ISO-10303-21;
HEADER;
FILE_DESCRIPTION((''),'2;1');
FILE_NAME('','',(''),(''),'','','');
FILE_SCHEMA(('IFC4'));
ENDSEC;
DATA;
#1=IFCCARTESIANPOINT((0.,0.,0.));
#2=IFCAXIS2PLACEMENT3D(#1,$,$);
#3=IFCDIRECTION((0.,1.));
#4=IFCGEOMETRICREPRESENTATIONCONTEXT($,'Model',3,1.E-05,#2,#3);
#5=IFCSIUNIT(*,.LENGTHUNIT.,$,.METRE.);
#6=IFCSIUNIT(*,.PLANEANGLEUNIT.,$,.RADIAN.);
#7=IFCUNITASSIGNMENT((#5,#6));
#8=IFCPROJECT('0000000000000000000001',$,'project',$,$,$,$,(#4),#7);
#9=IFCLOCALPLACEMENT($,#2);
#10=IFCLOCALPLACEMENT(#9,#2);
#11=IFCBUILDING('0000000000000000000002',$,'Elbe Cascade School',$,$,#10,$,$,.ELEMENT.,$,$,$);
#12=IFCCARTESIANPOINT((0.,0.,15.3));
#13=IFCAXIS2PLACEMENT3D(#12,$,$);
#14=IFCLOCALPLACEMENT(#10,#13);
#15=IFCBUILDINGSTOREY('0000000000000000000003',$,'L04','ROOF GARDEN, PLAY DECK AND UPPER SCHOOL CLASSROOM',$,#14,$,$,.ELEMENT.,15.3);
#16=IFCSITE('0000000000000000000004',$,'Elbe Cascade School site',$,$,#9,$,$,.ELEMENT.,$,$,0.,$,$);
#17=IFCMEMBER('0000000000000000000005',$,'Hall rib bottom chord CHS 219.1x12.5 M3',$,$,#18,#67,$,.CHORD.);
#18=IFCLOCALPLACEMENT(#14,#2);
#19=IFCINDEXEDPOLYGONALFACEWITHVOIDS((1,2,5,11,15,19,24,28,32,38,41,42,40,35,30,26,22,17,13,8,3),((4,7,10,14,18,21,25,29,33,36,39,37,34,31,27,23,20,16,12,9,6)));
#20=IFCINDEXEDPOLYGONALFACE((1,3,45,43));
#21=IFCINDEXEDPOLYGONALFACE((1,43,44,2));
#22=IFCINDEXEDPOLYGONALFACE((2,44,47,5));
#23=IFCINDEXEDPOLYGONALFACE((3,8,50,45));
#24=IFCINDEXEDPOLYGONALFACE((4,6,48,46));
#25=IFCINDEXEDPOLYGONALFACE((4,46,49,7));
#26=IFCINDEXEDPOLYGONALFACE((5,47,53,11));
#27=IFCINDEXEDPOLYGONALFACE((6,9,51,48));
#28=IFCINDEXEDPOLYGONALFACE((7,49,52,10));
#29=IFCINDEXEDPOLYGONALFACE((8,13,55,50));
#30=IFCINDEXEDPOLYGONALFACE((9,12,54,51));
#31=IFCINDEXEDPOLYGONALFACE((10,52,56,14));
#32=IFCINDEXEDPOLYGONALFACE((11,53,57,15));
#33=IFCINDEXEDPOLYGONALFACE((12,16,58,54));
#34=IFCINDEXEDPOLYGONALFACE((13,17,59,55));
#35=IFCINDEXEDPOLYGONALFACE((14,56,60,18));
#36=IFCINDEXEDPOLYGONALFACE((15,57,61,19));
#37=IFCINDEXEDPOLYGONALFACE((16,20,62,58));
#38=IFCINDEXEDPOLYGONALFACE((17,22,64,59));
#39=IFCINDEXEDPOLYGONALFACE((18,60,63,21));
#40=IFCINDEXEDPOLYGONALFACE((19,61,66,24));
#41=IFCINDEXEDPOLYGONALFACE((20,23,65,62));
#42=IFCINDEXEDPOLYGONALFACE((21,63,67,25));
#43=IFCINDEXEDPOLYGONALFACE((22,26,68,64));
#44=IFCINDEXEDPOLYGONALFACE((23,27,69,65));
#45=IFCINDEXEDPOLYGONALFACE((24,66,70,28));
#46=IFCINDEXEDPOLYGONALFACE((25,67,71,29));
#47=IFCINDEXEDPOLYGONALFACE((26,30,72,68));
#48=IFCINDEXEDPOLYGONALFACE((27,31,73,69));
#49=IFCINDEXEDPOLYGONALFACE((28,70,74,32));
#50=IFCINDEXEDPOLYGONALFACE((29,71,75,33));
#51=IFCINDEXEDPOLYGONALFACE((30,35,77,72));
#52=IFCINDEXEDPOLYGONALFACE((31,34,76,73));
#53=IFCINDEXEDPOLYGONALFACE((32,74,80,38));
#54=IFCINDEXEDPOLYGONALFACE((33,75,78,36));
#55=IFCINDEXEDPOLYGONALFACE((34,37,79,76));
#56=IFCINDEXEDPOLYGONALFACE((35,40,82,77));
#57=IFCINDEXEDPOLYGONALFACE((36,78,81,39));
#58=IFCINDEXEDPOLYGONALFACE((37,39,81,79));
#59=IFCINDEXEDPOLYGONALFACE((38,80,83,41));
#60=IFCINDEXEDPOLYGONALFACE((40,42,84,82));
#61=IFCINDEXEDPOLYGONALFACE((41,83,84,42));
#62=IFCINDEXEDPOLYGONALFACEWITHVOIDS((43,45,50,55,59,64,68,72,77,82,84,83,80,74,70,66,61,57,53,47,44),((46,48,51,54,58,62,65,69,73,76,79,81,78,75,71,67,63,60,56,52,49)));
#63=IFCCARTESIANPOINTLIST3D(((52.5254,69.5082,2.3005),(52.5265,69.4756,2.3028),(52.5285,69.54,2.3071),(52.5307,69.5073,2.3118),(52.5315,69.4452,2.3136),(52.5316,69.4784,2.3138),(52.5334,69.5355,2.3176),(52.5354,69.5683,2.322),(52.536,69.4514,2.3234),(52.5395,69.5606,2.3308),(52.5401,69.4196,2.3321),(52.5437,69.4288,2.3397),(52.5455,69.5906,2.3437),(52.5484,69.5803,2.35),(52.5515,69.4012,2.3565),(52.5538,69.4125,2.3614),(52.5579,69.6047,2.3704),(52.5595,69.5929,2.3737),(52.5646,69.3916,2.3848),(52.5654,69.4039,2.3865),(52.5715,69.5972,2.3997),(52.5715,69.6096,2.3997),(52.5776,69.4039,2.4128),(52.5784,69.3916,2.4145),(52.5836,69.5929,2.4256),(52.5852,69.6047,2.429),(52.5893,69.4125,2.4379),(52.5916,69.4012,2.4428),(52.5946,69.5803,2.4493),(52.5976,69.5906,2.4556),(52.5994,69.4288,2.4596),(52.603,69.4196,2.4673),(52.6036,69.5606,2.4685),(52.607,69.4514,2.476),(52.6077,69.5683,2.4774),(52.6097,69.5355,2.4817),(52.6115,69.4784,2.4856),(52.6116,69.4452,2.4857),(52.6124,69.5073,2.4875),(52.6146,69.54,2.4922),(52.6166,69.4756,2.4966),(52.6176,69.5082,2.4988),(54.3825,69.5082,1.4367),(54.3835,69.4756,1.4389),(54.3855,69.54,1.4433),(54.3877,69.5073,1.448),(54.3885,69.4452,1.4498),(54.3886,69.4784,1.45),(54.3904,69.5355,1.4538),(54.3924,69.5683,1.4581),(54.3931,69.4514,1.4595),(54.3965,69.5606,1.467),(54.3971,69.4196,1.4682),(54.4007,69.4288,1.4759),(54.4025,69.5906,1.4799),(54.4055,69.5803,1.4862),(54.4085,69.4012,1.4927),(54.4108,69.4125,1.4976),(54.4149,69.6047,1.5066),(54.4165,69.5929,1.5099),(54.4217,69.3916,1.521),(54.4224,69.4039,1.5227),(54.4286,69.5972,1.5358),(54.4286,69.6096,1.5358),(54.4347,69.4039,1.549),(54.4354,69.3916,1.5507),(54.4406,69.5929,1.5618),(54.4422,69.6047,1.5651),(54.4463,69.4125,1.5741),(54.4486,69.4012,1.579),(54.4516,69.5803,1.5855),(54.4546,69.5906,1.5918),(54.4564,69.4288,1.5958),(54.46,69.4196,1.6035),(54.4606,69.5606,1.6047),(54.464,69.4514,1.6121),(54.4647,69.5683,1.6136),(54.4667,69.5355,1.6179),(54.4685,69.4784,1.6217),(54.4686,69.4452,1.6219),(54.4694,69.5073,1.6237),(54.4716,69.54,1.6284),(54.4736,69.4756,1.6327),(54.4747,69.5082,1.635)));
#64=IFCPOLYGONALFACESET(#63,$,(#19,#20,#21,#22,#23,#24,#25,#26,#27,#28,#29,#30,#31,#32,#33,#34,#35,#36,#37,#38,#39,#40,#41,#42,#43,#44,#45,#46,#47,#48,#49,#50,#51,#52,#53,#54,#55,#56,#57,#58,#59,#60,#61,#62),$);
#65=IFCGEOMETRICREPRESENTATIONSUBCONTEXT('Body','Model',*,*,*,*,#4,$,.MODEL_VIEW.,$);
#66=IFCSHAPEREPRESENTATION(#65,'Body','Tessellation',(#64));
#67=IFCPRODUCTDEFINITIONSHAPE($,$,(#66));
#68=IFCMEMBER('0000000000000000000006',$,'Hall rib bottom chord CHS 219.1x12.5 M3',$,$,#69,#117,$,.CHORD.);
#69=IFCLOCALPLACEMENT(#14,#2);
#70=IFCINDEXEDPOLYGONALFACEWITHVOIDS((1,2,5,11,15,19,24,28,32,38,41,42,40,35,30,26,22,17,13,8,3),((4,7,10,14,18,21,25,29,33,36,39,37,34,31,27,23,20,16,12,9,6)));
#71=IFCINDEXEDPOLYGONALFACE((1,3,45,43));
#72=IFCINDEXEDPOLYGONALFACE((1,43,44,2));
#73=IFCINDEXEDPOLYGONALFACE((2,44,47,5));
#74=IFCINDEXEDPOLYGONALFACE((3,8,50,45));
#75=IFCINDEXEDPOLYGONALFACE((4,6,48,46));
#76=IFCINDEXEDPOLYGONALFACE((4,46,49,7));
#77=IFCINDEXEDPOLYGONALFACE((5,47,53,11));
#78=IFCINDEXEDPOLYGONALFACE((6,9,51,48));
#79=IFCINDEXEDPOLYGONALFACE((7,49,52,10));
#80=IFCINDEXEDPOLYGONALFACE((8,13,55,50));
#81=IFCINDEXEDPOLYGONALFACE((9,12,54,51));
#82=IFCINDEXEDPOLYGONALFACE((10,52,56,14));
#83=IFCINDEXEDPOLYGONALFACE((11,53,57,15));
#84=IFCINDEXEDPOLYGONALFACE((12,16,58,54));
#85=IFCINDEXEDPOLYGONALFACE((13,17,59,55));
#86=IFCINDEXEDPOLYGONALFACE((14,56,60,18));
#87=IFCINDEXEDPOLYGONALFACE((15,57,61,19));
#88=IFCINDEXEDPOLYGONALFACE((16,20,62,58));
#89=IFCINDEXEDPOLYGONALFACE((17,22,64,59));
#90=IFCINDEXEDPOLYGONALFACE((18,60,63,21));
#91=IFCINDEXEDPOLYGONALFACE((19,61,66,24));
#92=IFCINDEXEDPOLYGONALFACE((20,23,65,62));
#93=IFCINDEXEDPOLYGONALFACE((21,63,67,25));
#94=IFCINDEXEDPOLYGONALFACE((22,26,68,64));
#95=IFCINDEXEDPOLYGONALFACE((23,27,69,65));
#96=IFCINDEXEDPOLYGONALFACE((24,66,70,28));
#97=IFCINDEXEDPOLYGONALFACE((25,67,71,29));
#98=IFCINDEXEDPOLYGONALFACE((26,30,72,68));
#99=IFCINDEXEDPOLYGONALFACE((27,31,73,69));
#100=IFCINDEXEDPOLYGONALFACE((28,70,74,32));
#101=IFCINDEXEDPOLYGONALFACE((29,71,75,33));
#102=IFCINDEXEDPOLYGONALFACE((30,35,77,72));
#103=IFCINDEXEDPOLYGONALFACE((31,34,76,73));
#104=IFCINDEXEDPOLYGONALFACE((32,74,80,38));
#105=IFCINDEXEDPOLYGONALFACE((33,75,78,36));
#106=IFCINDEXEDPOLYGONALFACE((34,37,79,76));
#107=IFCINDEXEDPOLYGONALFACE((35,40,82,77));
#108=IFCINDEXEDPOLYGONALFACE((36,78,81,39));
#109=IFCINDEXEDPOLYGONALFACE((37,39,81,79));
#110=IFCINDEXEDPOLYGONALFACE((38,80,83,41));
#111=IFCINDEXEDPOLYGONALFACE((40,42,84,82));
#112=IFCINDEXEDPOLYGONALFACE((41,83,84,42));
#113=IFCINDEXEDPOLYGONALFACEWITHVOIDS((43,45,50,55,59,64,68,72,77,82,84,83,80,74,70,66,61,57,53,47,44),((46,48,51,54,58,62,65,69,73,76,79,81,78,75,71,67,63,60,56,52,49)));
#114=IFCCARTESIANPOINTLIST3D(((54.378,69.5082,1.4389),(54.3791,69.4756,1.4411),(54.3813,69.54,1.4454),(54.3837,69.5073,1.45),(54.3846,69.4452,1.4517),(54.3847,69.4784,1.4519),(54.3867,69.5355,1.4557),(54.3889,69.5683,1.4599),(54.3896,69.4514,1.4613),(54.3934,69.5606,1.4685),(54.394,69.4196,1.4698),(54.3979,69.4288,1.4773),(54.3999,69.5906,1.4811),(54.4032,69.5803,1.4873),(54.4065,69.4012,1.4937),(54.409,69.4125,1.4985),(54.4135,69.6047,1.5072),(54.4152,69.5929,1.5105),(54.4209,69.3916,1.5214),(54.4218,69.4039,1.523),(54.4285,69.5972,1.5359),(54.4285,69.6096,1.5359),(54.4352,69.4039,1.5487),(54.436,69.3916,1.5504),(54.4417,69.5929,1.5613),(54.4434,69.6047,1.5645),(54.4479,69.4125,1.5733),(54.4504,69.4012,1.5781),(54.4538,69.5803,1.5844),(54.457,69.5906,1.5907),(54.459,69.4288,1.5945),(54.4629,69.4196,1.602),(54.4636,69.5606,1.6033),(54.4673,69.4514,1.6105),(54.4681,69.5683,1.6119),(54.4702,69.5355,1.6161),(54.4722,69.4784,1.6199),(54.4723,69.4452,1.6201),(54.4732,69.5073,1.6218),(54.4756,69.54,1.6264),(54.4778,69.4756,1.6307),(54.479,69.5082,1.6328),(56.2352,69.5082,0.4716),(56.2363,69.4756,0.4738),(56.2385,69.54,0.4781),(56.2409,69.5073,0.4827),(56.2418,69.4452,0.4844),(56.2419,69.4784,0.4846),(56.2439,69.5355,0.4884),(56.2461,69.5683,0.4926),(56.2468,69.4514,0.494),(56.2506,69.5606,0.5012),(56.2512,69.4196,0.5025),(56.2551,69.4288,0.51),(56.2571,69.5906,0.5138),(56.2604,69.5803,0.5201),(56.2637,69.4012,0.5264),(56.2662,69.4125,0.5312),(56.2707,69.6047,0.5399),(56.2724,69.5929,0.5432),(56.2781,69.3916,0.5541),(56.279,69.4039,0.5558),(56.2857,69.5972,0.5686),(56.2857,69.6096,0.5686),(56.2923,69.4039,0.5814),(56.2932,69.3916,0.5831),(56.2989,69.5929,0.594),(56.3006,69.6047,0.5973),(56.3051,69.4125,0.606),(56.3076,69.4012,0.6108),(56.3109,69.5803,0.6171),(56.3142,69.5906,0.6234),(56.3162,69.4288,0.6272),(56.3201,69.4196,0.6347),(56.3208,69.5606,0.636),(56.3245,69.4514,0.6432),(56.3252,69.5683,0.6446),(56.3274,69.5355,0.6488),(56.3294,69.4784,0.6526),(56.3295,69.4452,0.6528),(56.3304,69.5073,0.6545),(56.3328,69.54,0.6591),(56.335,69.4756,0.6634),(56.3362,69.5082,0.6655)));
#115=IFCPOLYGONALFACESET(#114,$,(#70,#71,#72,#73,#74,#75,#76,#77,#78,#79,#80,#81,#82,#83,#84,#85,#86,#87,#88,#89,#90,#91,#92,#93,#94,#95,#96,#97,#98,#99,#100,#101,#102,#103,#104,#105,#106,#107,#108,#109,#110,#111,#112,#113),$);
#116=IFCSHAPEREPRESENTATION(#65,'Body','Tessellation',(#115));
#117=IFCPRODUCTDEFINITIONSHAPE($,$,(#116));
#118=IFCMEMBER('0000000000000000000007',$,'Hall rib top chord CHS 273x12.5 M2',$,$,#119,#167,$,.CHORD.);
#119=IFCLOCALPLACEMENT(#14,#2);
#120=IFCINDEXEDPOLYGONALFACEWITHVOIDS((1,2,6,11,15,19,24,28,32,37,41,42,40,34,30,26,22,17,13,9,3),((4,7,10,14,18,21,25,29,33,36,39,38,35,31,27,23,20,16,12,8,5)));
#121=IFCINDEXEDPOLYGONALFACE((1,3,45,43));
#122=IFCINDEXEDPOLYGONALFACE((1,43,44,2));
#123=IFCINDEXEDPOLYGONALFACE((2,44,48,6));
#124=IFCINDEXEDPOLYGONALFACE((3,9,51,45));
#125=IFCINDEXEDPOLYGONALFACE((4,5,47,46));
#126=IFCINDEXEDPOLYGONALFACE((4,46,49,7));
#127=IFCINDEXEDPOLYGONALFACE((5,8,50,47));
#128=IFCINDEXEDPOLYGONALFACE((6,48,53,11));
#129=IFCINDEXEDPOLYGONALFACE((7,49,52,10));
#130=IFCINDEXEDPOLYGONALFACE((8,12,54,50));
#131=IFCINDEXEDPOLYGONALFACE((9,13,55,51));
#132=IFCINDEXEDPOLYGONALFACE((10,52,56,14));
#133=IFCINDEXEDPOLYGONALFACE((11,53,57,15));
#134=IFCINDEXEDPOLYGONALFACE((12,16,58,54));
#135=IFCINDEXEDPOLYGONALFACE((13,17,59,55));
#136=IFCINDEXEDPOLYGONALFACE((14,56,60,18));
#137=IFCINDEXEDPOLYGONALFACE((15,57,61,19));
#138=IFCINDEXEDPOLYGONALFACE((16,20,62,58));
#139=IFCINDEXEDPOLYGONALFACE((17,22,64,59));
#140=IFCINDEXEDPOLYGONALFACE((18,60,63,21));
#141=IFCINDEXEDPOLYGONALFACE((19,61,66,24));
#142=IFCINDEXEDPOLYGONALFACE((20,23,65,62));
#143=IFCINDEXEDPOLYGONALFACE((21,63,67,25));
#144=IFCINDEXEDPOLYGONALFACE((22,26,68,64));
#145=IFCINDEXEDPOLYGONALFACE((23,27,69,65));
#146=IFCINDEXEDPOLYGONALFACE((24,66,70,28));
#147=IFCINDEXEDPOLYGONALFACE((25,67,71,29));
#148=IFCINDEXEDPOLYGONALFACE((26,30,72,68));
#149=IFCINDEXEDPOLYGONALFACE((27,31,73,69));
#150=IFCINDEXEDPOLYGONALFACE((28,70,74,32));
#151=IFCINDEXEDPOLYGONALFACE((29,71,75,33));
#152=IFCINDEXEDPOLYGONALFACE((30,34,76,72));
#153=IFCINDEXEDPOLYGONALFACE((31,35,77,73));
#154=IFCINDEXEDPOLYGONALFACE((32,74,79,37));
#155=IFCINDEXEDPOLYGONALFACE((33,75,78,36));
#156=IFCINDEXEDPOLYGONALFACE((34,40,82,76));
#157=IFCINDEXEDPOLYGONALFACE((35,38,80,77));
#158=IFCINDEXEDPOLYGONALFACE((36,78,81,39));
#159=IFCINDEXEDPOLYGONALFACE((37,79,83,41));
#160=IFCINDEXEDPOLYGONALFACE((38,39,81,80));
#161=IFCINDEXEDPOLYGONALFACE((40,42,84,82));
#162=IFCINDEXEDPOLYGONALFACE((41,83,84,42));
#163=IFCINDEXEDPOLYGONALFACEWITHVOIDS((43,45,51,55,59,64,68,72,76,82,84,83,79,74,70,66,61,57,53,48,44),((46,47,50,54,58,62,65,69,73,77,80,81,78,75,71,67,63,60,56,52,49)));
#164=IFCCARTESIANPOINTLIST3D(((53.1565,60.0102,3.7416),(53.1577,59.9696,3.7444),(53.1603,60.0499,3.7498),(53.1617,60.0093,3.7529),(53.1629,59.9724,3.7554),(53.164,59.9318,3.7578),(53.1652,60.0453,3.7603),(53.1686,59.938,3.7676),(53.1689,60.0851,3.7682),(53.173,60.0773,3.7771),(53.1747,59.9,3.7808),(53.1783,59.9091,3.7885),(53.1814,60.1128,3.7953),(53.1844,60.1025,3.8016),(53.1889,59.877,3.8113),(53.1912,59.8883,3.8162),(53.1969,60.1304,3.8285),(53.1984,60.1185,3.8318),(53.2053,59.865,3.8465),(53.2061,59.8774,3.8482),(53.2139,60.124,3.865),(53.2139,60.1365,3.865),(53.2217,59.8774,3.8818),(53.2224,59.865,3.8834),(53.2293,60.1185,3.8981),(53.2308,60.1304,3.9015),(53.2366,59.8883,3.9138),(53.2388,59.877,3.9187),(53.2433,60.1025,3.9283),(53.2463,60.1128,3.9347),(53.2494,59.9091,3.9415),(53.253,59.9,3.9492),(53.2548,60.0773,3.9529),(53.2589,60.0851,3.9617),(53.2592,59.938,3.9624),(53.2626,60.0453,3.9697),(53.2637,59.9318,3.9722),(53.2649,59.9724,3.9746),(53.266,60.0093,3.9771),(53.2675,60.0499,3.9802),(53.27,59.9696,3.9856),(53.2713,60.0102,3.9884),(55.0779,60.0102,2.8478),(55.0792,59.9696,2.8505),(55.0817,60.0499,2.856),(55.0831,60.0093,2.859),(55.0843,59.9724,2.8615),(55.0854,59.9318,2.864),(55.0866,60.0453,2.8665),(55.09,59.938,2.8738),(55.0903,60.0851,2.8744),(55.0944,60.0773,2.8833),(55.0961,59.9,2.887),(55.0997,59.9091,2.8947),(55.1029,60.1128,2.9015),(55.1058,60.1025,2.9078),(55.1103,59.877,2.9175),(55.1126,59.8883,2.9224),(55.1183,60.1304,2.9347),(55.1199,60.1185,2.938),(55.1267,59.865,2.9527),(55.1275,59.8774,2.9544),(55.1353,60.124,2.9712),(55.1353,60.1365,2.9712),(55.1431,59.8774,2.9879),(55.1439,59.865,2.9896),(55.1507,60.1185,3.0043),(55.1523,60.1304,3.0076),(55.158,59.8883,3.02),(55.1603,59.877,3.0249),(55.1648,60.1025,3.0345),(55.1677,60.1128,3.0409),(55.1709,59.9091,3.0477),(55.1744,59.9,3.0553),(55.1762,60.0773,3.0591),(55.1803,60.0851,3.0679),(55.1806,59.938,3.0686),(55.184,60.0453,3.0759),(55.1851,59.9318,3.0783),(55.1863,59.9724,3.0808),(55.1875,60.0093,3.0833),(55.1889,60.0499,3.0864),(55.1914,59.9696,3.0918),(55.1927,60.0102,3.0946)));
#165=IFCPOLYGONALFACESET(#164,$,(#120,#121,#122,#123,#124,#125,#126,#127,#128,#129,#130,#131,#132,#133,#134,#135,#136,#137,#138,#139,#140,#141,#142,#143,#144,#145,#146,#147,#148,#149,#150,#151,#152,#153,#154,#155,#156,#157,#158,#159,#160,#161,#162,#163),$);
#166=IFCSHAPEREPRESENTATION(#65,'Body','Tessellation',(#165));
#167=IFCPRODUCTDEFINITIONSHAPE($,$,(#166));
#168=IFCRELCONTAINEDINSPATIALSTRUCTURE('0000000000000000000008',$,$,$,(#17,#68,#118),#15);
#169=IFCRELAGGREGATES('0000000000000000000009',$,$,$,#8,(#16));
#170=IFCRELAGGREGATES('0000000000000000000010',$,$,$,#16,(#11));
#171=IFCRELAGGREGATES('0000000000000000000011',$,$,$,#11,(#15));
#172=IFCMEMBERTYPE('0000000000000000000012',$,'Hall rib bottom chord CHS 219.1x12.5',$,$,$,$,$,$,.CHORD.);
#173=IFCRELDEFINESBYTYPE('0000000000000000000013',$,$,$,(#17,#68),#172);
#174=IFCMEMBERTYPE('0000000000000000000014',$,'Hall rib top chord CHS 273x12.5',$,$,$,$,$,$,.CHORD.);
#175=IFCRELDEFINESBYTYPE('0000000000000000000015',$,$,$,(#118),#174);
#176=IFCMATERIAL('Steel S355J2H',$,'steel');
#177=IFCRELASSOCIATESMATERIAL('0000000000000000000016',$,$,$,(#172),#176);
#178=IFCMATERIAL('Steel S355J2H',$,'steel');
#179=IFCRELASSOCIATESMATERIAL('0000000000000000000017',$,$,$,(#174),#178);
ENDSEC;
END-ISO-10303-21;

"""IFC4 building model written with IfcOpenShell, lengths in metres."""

from ifc_helpers import new_model, si_unit, direction, frame, origin, origin_2d, place, context, subcontext, project, spatial, hollow_circle, extrude, material, material_profile, profile_set, type_object, element, save


model = new_model("IFC4")

# Units and contexts
model_context = context("Model", 3, precision=1e-05, world=origin(), true_north=direction((0.0, 1.0)))
body_context = subcontext(model_context, "Body", "Model", "MODEL_VIEW")
ifc_project = project(units=[si_unit("LENGTHUNIT", "METRE"), si_unit("PLANEANGLEUNIT", "RADIAN")], contexts=[model_context])

# Site, building, storey
site_placement = place(None, origin())
site = spatial("IfcSite", under=ifc_project, at=site_placement, Name="Elbe Cascade School site", CompositionType="ELEMENT", RefElevation=0.0)
building_placement = place(site_placement, origin())
building = spatial("IfcBuilding", under=site, at=building_placement, Name="Elbe Cascade School", CompositionType="ELEMENT")
storey_placement = place(building_placement, frame((0.0, 0.0, 15.3)))
storey = spatial("IfcBuildingStorey", under=building, at=storey_placement, Name="L04", Description="ROOF GARDEN, PLAY DECK AND UPPER SCHOOL CLASSROOM", CompositionType="ELEMENT", Elevation=15.3)

# Members
ifc_material_1 = material(Name="Steel S355J2H", Category="steel")
ifc_material_profile_1 = material_profile(ifc_material_1, hollow_circle(Radius=0.1096, WallThickness=0.0125, at=origin_2d()), Name="CHS 219.1x12.5")
ifc_profile_set_1 = profile_set([ifc_material_profile_1], Name="Steel S355J2H")
member_type_1 = type_object("IfcMemberType", Name="Hall rib bottom chord CHS 219.1x12.5", PredefinedType="CHORD", material=ifc_profile_set_1)
member_1_placement = place(storey_placement, frame((52.5715, 69.5, 2.3997), z_axis=(0.906706, 0.0, -0.421763), x_axis=(0.0, 1.0, 0.0)))
element("IfcMember", 1, at=member_1_placement, inside=storey, type_object=member_type_1, Name="Hall rib bottom chord CHS 219.1x12.5 M3", PredefinedType="CHORD", context=body_context, shape_type="SweptSolid", body=[
    extrude(hollow_circle(Radius=0.1096, WallThickness=0.0125, at=origin_2d()), origin(), (0.0, 0.0, 1.0), 2.0481),
])
member_2_placement = place(storey_placement, frame((54.4285, 69.5, 1.5359), z_axis=(0.886913, 0.0, -0.461936), x_axis=(0.0, 1.0, 0.0)))
element("IfcMember", 2, at=member_2_placement, inside=storey, type_object=member_type_1, Name="Hall rib bottom chord CHS 219.1x12.5 M3", PredefinedType="CHORD", context=body_context, shape_type="SweptSolid", body=[
    extrude(hollow_circle(Radius=0.1096, WallThickness=0.0125, at=origin_2d()), origin(), (0.0, 0.0, 1.0), 2.094),
])
ifc_material_2 = material(Name="Steel S355J2H", Category="steel")
ifc_material_profile_2 = material_profile(ifc_material_2, hollow_circle(Radius=0.1365, WallThickness=0.0125, at=origin_2d()), Name="CHS 273x12.5")
ifc_profile_set_2 = profile_set([ifc_material_profile_2], Name="Steel S355J2H")
member_type_2 = type_object("IfcMemberType", Name="Hall rib top chord CHS 273x12.5", PredefinedType="CHORD", material=ifc_profile_set_2)
member_3_placement = place(storey_placement, frame((53.2139, 60.0, 3.865), z_axis=(0.906698, 0.0, -0.421781), x_axis=(0.0, 1.0, 0.0)))
element("IfcMember", 3, at=member_3_placement, inside=storey, type_object=member_type_2, Name="Hall rib top chord CHS 273x12.5 M2", PredefinedType="CHORD", context=body_context, shape_type="SweptSolid", body=[
    extrude(hollow_circle(Radius=0.1365, WallThickness=0.0125, at=origin_2d()), origin(), (0.0, 0.0, 1.0), 2.1191),
])

save(model, "model.ifc")
